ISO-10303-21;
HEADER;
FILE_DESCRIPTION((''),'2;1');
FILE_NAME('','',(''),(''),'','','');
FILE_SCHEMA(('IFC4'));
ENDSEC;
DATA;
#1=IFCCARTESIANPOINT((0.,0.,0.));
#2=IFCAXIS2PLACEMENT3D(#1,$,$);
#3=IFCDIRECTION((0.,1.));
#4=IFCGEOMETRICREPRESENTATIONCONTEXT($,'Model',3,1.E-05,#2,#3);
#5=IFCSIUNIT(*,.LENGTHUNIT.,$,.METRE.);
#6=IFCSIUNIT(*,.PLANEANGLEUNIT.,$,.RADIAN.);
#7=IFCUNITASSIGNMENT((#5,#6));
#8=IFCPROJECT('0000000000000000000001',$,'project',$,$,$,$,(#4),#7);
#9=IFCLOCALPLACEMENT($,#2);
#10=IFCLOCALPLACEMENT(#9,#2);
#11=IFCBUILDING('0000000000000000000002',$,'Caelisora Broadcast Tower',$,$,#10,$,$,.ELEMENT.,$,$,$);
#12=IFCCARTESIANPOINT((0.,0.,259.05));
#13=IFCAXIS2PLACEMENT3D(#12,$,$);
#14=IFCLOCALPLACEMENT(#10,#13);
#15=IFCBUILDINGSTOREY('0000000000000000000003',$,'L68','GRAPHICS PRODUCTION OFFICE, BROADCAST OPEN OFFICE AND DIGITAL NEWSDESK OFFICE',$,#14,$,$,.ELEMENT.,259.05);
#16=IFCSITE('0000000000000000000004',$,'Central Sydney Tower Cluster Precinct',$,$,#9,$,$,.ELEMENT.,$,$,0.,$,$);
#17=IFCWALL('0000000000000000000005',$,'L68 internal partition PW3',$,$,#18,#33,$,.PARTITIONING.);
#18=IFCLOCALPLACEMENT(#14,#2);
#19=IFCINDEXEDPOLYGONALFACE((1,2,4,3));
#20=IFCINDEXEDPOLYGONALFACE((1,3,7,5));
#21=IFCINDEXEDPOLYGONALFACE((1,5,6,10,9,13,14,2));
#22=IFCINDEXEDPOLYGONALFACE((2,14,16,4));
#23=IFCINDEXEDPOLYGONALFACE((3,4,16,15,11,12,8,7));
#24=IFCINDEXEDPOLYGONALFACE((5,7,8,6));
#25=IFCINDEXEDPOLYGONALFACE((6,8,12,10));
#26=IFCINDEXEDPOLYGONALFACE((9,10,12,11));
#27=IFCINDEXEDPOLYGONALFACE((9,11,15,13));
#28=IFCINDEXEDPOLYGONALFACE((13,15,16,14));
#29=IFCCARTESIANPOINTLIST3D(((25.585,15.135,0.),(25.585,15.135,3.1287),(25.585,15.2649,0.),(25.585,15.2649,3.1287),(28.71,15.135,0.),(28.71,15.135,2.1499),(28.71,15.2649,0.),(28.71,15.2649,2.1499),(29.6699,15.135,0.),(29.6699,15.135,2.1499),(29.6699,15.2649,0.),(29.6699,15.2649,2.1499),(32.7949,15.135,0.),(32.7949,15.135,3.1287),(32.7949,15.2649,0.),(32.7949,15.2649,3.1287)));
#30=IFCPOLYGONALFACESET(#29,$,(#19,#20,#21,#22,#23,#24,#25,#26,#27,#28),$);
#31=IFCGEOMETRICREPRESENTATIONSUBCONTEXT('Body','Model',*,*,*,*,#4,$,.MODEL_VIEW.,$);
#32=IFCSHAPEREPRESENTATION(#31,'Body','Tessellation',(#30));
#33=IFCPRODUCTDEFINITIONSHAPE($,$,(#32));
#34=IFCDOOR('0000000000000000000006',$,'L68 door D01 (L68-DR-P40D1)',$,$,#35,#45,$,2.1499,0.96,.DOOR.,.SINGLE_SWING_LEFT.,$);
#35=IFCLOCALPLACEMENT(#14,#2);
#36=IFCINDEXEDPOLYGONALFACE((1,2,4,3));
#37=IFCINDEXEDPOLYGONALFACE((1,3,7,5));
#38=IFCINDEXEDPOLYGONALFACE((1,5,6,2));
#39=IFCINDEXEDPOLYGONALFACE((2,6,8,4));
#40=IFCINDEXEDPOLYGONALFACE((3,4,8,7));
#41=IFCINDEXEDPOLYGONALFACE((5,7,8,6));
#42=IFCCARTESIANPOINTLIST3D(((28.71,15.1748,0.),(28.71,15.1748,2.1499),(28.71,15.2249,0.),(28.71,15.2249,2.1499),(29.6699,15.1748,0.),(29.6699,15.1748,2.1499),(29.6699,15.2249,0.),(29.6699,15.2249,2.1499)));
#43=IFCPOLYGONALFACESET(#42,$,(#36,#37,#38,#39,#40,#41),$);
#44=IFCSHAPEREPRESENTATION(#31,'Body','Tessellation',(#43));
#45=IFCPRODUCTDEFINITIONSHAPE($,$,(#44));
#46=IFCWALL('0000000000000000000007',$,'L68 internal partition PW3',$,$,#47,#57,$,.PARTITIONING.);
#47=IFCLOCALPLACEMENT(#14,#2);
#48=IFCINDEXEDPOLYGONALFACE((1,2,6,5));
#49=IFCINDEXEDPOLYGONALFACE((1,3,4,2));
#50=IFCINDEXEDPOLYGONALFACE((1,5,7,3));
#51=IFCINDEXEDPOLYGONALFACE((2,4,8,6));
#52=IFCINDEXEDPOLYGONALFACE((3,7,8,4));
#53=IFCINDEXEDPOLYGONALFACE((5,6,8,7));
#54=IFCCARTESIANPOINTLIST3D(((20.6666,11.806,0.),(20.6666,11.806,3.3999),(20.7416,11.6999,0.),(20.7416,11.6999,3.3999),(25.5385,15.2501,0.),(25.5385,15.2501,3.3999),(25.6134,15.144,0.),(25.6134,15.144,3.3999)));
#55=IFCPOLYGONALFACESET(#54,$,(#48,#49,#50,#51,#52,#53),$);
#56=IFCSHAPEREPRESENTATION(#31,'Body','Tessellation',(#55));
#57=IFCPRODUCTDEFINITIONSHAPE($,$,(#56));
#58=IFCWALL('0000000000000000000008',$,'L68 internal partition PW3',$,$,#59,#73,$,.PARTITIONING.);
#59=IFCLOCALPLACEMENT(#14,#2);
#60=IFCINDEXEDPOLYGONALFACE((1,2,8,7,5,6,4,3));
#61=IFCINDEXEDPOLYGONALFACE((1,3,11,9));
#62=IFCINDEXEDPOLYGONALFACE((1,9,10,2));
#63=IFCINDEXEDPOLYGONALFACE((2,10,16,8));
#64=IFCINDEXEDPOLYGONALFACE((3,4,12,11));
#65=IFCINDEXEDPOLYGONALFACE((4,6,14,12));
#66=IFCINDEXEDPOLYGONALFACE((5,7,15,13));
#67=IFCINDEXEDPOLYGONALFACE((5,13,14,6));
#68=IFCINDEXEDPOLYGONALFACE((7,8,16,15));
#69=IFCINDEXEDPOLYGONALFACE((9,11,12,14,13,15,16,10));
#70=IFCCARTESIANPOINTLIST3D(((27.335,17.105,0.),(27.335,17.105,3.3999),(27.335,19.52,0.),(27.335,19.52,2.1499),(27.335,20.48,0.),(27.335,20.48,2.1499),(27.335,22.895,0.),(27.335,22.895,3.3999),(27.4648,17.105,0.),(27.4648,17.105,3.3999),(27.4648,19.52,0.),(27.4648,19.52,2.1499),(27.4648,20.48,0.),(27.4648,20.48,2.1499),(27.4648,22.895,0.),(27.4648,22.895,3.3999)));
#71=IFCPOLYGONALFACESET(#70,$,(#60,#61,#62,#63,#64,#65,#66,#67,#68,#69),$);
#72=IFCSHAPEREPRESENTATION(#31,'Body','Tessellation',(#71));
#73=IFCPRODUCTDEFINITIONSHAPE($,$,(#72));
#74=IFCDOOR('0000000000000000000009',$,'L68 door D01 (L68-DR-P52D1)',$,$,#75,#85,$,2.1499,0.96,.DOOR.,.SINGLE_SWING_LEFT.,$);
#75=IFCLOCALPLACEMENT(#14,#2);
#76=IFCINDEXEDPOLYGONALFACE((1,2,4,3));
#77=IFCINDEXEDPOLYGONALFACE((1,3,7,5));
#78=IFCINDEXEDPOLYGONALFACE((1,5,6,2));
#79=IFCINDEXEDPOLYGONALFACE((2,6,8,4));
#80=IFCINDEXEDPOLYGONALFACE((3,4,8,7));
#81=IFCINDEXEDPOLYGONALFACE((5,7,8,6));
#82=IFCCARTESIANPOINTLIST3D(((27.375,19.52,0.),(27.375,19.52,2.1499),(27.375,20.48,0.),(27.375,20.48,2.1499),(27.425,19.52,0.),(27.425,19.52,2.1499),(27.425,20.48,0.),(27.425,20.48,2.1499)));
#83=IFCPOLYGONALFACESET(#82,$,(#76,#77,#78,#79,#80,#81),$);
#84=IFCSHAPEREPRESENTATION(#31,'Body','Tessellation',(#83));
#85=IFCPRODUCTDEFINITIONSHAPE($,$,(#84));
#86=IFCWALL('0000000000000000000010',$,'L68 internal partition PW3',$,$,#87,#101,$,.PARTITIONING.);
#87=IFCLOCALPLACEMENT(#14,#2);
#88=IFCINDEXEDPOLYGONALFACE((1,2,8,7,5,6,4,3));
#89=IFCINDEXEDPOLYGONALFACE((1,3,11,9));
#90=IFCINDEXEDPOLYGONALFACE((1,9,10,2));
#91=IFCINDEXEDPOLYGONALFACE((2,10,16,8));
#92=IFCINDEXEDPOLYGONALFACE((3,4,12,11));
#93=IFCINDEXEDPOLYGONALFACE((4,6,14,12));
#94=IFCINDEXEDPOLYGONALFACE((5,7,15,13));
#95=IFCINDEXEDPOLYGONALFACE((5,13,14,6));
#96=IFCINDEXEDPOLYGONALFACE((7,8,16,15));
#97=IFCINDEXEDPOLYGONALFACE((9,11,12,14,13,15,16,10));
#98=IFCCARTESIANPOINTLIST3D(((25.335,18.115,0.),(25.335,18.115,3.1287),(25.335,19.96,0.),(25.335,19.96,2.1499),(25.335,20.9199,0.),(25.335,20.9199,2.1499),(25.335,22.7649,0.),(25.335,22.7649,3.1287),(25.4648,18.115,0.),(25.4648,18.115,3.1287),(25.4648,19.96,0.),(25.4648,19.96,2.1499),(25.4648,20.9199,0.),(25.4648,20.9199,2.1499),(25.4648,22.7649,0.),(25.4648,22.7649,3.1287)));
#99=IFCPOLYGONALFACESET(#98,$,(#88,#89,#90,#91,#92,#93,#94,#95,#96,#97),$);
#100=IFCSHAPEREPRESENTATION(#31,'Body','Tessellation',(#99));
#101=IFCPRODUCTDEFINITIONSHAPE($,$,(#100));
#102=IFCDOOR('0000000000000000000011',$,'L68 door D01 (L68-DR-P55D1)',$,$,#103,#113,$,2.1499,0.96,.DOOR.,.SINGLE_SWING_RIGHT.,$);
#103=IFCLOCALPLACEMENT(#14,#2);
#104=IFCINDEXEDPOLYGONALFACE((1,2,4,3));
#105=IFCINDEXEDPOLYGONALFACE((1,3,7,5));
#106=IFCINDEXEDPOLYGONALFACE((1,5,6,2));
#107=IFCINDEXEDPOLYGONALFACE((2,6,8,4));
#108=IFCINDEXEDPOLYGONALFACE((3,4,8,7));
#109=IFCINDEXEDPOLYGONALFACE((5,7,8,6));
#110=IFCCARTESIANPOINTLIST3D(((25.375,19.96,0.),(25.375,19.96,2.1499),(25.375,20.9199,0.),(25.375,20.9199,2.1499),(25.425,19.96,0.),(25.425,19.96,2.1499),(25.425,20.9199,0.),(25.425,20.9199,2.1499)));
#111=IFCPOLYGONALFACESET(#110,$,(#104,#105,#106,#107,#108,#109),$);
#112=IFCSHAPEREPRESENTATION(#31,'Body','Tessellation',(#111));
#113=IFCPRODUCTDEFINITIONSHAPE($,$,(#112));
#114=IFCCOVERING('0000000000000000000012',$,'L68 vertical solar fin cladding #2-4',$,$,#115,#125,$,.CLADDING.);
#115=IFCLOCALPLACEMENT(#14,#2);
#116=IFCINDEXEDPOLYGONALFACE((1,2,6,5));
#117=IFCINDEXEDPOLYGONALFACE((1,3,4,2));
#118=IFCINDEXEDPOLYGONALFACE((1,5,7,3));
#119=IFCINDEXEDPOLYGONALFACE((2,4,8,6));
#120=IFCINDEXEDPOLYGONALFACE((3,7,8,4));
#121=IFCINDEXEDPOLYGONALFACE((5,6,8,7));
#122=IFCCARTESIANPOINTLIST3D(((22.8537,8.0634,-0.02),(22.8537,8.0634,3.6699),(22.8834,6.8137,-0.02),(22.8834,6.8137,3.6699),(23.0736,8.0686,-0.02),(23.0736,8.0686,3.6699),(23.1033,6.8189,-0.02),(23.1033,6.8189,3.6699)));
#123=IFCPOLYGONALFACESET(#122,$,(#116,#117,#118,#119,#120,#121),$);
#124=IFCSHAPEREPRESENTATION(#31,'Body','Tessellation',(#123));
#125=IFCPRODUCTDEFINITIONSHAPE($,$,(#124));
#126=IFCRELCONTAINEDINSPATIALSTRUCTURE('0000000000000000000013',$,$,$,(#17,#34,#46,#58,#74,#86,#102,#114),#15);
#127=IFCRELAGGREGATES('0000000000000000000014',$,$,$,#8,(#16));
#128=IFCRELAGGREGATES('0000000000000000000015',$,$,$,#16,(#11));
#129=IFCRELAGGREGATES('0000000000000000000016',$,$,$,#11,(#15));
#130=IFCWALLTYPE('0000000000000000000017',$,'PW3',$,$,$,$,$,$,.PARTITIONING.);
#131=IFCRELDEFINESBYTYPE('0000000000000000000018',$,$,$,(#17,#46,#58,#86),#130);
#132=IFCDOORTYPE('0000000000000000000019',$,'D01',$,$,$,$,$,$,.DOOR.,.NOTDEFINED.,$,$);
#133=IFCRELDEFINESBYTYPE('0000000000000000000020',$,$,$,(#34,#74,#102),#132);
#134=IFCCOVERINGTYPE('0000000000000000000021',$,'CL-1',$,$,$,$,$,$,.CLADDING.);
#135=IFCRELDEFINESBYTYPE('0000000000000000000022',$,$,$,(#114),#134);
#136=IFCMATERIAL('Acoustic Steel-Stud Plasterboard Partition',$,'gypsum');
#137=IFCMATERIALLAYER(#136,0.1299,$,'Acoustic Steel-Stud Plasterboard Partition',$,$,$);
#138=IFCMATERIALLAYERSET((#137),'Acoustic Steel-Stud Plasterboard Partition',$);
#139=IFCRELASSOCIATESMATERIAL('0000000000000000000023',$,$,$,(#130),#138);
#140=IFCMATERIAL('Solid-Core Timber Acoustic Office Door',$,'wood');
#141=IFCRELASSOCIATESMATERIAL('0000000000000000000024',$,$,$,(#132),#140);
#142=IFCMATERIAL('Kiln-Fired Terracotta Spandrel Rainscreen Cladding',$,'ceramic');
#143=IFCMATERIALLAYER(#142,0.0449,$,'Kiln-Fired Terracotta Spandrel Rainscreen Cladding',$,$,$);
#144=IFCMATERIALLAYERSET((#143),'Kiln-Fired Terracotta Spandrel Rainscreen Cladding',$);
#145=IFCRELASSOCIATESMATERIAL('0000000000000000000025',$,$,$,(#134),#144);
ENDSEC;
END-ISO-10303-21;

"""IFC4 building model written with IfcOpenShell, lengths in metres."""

from ifc_helpers import new_model, si_unit, direction, frame, frame_2d, origin, origin_2d, place, context, subcontext, project, spatial, rectangle, extrude, source, transform, mapped, material, layer, layer_set, type_object, type_shapes, element, fill, save


model = new_model("IFC4")

# Units and contexts
model_context = context("Model", 3, precision=1e-05, world=origin(), true_north=direction((0.0, 1.0)))
body_context = subcontext(model_context, "Body", "Model", "MODEL_VIEW")
ifc_project = project(units=[si_unit("LENGTHUNIT", "METRE"), si_unit("PLANEANGLEUNIT", "RADIAN")], contexts=[model_context])

# Site, building, storey
site_placement = place(None, origin())
site = spatial("IfcSite", under=ifc_project, at=site_placement, Name="Central Sydney Tower Cluster Precinct", CompositionType="ELEMENT", RefElevation=0.0)
building_placement = place(site_placement, origin())
building = spatial("IfcBuilding", under=site, at=building_placement, Name="Caelisora Broadcast Tower", CompositionType="ELEMENT")
storey_placement = place(building_placement, frame((0.0, 0.0, 259.05)))
storey = spatial("IfcBuildingStorey", under=building, at=storey_placement, Name="L68", Description="GRAPHICS PRODUCTION OFFICE, BROADCAST OPEN OFFICE AND DIGITAL NEWSDESK OFFICE", CompositionType="ELEMENT", Elevation=259.05)

# Wall, opening, door
ifc_material_1 = material(Name="Acoustic Steel-Stud Plasterboard Partition", Category="gypsum")
ifc_layer_1 = layer(ifc_material_1, 0.1299, Name="Acoustic Steel-Stud Plasterboard Partition")
ifc_layer_set_1 = layer_set([ifc_layer_1], Name="Acoustic Steel-Stud Plasterboard Partition")
wall_type = type_object("IfcWallType", Name="PW3", PredefinedType="PARTITIONING", material=ifc_layer_set_1)
ifc_material_2 = material(Name="Solid-Core Timber Acoustic Office Door", Category="wood")
door_type = type_object("IfcDoorType", Name="D01", OperationType="NOTDEFINED", PredefinedType="DOOR", material=ifc_material_2)
wall_1_placement = place(storey_placement, frame((25.585, 15.2, 0.0), z_axis=(0.0, 0.0, 1.0), x_axis=(1.0, 0.0, 0.0)))
wall_1 = element("IfcWall", 1, at=wall_1_placement, inside=storey, type_object=wall_type, Name="L68 internal partition PW3", PredefinedType="PARTITIONING", context=body_context, shape_type="SweptSolid", body=[
    extrude(rectangle(XDim=7.21, YDim=0.1299, at=frame_2d((3.605, 0.0))), origin(), (0.0, 0.0, 1.0), 3.1287),
])
opening_1_placement = place(wall_1_placement, frame((3.125, 0.0, 0.0)))
opening_1 = element("IfcOpeningElement", 2, at=opening_1_placement, cuts=wall_1, PredefinedType="OPENING", context=body_context, shape_type="SweptSolid", body=[
    extrude(rectangle(XDim=0.96, YDim=2.1499, at=frame_2d((0.48, 1.075))), frame((0.0, 0.0769, 0.0), z_axis=(0.0, -1.0, 0.0), x_axis=(1.0, 0.0, 0.0)), (0.0, 0.0, 1.0), 0.1538),
])
door_1_placement = place(opening_1_placement, origin())
door_1 = element("IfcDoor", 3, at=door_1_placement, inside=storey, type_object=door_type, Name="L68 door D01 (L68-DR-P40D1)", OperationType="SINGLE_SWING_LEFT", OverallHeight=2.1499, OverallWidth=0.96, PredefinedType="DOOR", context=body_context, shape_type="SweptSolid", body=[
    extrude(rectangle(XDim=0.96, YDim=2.1499, at=frame_2d((0.48, 1.075))), frame((0.0, 0.0249, 0.0), z_axis=(0.0, -1.0, 0.0), x_axis=(1.0, 0.0, 0.0)), (0.0, 0.0, 1.0), 0.05),
])
fill(opening_1, door_1)

# Wall
wall_2_placement = place(storey_placement, frame((20.7041, 11.7529, 0.0), z_axis=(0.0, 0.0, 1.0), x_axis=(0.816561, 0.57726, 0.0)))
element("IfcWall", 4, at=wall_2_placement, inside=storey, type_object=wall_type, Name="L68 internal partition PW3", PredefinedType="PARTITIONING", context=body_context, shape_type="SweptSolid", body=[
    extrude(rectangle(XDim=5.9663, YDim=0.1299, at=frame_2d((2.9832, 0.0))), origin(), (0.0, 0.0, 1.0), 3.3999),
])

# Walls, openings, doors
wall_3_placement = place(storey_placement, frame((27.3999, 17.105, 0.0), z_axis=(0.0, 0.0, 1.0), x_axis=(0.0, 1.0, 0.0)))
wall_3 = element("IfcWall", 5, at=wall_3_placement, inside=storey, type_object=wall_type, Name="L68 internal partition PW3", PredefinedType="PARTITIONING", context=body_context, shape_type="SweptSolid", body=[
    extrude(rectangle(XDim=5.79, YDim=0.1299, at=frame_2d((2.895, 0.0))), origin(), (0.0, 0.0, 1.0), 3.3999),
])
opening_2_placement = place(wall_3_placement, frame((2.415, 0.0, 0.0)))
opening_2 = element("IfcOpeningElement", 6, at=opening_2_placement, cuts=wall_3, PredefinedType="OPENING", context=body_context, shape_type="SweptSolid", body=[
    extrude(rectangle(XDim=0.96, YDim=2.1499, at=frame_2d((0.48, 1.075))), frame((0.0, 0.0769, 0.0), z_axis=(0.0, -1.0, 0.0), x_axis=(1.0, 0.0, 0.0)), (0.0, 0.0, 1.0), 0.1538),
])
door_2_placement = place(opening_2_placement, origin())
door_2 = element("IfcDoor", 7, at=door_2_placement, inside=storey, type_object=door_type, Name="L68 door D01 (L68-DR-P52D1)", OperationType="SINGLE_SWING_LEFT", OverallHeight=2.1499, OverallWidth=0.96, PredefinedType="DOOR", context=body_context, shape_type="SweptSolid", body=[
    extrude(rectangle(XDim=0.96, YDim=2.1499, at=frame_2d((0.48, 1.075))), frame((0.0, 0.0249, 0.0), z_axis=(0.0, -1.0, 0.0), x_axis=(1.0, 0.0, 0.0)), (0.0, 0.0, 1.0), 0.05),
])
fill(opening_2, door_2)
wall_4_placement = place(storey_placement, frame((25.3999, 18.115, 0.0), z_axis=(0.0, 0.0, 1.0), x_axis=(0.0, 1.0, 0.0)))
wall_4 = element("IfcWall", 8, at=wall_4_placement, inside=storey, type_object=wall_type, Name="L68 internal partition PW3", PredefinedType="PARTITIONING", context=body_context, shape_type="SweptSolid", body=[
    extrude(rectangle(XDim=4.6499, YDim=0.1299, at=frame_2d((2.325, 0.0))), origin(), (0.0, 0.0, 1.0), 3.1287),
])
opening_3_placement = place(wall_4_placement, frame((1.845, 0.0, 0.0)))
opening_3 = element("IfcOpeningElement", 9, at=opening_3_placement, cuts=wall_4, PredefinedType="OPENING", context=body_context, shape_type="SweptSolid", body=[
    extrude(rectangle(XDim=0.96, YDim=2.1499, at=frame_2d((0.48, 1.075))), frame((0.0, 0.0769, 0.0), z_axis=(0.0, -1.0, 0.0), x_axis=(1.0, 0.0, 0.0)), (0.0, 0.0, 1.0), 0.1538),
])
door_3_placement = place(opening_3_placement, origin())
door_3 = element("IfcDoor", 10, at=door_3_placement, inside=storey, type_object=door_type, Name="L68 door D01 (L68-DR-P55D1)", OperationType="SINGLE_SWING_RIGHT", OverallHeight=2.1499, OverallWidth=0.96, PredefinedType="DOOR", context=body_context, shape_type="SweptSolid", body=[
    extrude(rectangle(XDim=0.96, YDim=2.1499, at=frame_2d((0.48, 1.075))), frame((0.0, 0.0249, 0.0), z_axis=(0.0, -1.0, 0.0), x_axis=(1.0, 0.0, 0.0)), (0.0, 0.0, 1.0), 0.05),
])
fill(opening_3, door_3)

# Covering
ifc_material_3 = material(Name="Kiln-Fired Terracotta Spandrel Rainscreen Cladding", Category="ceramic")
ifc_layer_2 = layer(ifc_material_3, 0.0449, Name="Kiln-Fired Terracotta Spandrel Rainscreen Cladding")
ifc_layer_set_2 = layer_set([ifc_layer_2], Name="Kiln-Fired Terracotta Spandrel Rainscreen Cladding")
covering_type = type_object("IfcCoveringType", Name="CL-1", PredefinedType="CLADDING", material=ifc_layer_set_2)
shared_shape_1 = source(origin(), body_context, "Body", "SweptSolid", [
    extrude(rectangle(XDim=0.22, YDim=1.25, at=origin_2d()), origin(), (0.0, 0.0, 1.0), 3.6899),
])
type_shapes(covering_type, [shared_shape_1])
covering_placement = place(storey_placement, frame((22.9785, 7.4412, -0.02), z_axis=(0.0, 0.0, 1.0), x_axis=(-0.999718, -0.023734, 0.0)))
element("IfcCovering", 11, at=covering_placement, inside=storey, type_object=covering_type, Name="L68 vertical solar fin cladding #2-4", PredefinedType="CLADDING", context=body_context, shape_type="MappedRepresentation", body=[
    mapped(shared_shape_1, transform((0.0, 0.0, 0.0), scale=1.0)),
])

save(model, "model.ifc")
